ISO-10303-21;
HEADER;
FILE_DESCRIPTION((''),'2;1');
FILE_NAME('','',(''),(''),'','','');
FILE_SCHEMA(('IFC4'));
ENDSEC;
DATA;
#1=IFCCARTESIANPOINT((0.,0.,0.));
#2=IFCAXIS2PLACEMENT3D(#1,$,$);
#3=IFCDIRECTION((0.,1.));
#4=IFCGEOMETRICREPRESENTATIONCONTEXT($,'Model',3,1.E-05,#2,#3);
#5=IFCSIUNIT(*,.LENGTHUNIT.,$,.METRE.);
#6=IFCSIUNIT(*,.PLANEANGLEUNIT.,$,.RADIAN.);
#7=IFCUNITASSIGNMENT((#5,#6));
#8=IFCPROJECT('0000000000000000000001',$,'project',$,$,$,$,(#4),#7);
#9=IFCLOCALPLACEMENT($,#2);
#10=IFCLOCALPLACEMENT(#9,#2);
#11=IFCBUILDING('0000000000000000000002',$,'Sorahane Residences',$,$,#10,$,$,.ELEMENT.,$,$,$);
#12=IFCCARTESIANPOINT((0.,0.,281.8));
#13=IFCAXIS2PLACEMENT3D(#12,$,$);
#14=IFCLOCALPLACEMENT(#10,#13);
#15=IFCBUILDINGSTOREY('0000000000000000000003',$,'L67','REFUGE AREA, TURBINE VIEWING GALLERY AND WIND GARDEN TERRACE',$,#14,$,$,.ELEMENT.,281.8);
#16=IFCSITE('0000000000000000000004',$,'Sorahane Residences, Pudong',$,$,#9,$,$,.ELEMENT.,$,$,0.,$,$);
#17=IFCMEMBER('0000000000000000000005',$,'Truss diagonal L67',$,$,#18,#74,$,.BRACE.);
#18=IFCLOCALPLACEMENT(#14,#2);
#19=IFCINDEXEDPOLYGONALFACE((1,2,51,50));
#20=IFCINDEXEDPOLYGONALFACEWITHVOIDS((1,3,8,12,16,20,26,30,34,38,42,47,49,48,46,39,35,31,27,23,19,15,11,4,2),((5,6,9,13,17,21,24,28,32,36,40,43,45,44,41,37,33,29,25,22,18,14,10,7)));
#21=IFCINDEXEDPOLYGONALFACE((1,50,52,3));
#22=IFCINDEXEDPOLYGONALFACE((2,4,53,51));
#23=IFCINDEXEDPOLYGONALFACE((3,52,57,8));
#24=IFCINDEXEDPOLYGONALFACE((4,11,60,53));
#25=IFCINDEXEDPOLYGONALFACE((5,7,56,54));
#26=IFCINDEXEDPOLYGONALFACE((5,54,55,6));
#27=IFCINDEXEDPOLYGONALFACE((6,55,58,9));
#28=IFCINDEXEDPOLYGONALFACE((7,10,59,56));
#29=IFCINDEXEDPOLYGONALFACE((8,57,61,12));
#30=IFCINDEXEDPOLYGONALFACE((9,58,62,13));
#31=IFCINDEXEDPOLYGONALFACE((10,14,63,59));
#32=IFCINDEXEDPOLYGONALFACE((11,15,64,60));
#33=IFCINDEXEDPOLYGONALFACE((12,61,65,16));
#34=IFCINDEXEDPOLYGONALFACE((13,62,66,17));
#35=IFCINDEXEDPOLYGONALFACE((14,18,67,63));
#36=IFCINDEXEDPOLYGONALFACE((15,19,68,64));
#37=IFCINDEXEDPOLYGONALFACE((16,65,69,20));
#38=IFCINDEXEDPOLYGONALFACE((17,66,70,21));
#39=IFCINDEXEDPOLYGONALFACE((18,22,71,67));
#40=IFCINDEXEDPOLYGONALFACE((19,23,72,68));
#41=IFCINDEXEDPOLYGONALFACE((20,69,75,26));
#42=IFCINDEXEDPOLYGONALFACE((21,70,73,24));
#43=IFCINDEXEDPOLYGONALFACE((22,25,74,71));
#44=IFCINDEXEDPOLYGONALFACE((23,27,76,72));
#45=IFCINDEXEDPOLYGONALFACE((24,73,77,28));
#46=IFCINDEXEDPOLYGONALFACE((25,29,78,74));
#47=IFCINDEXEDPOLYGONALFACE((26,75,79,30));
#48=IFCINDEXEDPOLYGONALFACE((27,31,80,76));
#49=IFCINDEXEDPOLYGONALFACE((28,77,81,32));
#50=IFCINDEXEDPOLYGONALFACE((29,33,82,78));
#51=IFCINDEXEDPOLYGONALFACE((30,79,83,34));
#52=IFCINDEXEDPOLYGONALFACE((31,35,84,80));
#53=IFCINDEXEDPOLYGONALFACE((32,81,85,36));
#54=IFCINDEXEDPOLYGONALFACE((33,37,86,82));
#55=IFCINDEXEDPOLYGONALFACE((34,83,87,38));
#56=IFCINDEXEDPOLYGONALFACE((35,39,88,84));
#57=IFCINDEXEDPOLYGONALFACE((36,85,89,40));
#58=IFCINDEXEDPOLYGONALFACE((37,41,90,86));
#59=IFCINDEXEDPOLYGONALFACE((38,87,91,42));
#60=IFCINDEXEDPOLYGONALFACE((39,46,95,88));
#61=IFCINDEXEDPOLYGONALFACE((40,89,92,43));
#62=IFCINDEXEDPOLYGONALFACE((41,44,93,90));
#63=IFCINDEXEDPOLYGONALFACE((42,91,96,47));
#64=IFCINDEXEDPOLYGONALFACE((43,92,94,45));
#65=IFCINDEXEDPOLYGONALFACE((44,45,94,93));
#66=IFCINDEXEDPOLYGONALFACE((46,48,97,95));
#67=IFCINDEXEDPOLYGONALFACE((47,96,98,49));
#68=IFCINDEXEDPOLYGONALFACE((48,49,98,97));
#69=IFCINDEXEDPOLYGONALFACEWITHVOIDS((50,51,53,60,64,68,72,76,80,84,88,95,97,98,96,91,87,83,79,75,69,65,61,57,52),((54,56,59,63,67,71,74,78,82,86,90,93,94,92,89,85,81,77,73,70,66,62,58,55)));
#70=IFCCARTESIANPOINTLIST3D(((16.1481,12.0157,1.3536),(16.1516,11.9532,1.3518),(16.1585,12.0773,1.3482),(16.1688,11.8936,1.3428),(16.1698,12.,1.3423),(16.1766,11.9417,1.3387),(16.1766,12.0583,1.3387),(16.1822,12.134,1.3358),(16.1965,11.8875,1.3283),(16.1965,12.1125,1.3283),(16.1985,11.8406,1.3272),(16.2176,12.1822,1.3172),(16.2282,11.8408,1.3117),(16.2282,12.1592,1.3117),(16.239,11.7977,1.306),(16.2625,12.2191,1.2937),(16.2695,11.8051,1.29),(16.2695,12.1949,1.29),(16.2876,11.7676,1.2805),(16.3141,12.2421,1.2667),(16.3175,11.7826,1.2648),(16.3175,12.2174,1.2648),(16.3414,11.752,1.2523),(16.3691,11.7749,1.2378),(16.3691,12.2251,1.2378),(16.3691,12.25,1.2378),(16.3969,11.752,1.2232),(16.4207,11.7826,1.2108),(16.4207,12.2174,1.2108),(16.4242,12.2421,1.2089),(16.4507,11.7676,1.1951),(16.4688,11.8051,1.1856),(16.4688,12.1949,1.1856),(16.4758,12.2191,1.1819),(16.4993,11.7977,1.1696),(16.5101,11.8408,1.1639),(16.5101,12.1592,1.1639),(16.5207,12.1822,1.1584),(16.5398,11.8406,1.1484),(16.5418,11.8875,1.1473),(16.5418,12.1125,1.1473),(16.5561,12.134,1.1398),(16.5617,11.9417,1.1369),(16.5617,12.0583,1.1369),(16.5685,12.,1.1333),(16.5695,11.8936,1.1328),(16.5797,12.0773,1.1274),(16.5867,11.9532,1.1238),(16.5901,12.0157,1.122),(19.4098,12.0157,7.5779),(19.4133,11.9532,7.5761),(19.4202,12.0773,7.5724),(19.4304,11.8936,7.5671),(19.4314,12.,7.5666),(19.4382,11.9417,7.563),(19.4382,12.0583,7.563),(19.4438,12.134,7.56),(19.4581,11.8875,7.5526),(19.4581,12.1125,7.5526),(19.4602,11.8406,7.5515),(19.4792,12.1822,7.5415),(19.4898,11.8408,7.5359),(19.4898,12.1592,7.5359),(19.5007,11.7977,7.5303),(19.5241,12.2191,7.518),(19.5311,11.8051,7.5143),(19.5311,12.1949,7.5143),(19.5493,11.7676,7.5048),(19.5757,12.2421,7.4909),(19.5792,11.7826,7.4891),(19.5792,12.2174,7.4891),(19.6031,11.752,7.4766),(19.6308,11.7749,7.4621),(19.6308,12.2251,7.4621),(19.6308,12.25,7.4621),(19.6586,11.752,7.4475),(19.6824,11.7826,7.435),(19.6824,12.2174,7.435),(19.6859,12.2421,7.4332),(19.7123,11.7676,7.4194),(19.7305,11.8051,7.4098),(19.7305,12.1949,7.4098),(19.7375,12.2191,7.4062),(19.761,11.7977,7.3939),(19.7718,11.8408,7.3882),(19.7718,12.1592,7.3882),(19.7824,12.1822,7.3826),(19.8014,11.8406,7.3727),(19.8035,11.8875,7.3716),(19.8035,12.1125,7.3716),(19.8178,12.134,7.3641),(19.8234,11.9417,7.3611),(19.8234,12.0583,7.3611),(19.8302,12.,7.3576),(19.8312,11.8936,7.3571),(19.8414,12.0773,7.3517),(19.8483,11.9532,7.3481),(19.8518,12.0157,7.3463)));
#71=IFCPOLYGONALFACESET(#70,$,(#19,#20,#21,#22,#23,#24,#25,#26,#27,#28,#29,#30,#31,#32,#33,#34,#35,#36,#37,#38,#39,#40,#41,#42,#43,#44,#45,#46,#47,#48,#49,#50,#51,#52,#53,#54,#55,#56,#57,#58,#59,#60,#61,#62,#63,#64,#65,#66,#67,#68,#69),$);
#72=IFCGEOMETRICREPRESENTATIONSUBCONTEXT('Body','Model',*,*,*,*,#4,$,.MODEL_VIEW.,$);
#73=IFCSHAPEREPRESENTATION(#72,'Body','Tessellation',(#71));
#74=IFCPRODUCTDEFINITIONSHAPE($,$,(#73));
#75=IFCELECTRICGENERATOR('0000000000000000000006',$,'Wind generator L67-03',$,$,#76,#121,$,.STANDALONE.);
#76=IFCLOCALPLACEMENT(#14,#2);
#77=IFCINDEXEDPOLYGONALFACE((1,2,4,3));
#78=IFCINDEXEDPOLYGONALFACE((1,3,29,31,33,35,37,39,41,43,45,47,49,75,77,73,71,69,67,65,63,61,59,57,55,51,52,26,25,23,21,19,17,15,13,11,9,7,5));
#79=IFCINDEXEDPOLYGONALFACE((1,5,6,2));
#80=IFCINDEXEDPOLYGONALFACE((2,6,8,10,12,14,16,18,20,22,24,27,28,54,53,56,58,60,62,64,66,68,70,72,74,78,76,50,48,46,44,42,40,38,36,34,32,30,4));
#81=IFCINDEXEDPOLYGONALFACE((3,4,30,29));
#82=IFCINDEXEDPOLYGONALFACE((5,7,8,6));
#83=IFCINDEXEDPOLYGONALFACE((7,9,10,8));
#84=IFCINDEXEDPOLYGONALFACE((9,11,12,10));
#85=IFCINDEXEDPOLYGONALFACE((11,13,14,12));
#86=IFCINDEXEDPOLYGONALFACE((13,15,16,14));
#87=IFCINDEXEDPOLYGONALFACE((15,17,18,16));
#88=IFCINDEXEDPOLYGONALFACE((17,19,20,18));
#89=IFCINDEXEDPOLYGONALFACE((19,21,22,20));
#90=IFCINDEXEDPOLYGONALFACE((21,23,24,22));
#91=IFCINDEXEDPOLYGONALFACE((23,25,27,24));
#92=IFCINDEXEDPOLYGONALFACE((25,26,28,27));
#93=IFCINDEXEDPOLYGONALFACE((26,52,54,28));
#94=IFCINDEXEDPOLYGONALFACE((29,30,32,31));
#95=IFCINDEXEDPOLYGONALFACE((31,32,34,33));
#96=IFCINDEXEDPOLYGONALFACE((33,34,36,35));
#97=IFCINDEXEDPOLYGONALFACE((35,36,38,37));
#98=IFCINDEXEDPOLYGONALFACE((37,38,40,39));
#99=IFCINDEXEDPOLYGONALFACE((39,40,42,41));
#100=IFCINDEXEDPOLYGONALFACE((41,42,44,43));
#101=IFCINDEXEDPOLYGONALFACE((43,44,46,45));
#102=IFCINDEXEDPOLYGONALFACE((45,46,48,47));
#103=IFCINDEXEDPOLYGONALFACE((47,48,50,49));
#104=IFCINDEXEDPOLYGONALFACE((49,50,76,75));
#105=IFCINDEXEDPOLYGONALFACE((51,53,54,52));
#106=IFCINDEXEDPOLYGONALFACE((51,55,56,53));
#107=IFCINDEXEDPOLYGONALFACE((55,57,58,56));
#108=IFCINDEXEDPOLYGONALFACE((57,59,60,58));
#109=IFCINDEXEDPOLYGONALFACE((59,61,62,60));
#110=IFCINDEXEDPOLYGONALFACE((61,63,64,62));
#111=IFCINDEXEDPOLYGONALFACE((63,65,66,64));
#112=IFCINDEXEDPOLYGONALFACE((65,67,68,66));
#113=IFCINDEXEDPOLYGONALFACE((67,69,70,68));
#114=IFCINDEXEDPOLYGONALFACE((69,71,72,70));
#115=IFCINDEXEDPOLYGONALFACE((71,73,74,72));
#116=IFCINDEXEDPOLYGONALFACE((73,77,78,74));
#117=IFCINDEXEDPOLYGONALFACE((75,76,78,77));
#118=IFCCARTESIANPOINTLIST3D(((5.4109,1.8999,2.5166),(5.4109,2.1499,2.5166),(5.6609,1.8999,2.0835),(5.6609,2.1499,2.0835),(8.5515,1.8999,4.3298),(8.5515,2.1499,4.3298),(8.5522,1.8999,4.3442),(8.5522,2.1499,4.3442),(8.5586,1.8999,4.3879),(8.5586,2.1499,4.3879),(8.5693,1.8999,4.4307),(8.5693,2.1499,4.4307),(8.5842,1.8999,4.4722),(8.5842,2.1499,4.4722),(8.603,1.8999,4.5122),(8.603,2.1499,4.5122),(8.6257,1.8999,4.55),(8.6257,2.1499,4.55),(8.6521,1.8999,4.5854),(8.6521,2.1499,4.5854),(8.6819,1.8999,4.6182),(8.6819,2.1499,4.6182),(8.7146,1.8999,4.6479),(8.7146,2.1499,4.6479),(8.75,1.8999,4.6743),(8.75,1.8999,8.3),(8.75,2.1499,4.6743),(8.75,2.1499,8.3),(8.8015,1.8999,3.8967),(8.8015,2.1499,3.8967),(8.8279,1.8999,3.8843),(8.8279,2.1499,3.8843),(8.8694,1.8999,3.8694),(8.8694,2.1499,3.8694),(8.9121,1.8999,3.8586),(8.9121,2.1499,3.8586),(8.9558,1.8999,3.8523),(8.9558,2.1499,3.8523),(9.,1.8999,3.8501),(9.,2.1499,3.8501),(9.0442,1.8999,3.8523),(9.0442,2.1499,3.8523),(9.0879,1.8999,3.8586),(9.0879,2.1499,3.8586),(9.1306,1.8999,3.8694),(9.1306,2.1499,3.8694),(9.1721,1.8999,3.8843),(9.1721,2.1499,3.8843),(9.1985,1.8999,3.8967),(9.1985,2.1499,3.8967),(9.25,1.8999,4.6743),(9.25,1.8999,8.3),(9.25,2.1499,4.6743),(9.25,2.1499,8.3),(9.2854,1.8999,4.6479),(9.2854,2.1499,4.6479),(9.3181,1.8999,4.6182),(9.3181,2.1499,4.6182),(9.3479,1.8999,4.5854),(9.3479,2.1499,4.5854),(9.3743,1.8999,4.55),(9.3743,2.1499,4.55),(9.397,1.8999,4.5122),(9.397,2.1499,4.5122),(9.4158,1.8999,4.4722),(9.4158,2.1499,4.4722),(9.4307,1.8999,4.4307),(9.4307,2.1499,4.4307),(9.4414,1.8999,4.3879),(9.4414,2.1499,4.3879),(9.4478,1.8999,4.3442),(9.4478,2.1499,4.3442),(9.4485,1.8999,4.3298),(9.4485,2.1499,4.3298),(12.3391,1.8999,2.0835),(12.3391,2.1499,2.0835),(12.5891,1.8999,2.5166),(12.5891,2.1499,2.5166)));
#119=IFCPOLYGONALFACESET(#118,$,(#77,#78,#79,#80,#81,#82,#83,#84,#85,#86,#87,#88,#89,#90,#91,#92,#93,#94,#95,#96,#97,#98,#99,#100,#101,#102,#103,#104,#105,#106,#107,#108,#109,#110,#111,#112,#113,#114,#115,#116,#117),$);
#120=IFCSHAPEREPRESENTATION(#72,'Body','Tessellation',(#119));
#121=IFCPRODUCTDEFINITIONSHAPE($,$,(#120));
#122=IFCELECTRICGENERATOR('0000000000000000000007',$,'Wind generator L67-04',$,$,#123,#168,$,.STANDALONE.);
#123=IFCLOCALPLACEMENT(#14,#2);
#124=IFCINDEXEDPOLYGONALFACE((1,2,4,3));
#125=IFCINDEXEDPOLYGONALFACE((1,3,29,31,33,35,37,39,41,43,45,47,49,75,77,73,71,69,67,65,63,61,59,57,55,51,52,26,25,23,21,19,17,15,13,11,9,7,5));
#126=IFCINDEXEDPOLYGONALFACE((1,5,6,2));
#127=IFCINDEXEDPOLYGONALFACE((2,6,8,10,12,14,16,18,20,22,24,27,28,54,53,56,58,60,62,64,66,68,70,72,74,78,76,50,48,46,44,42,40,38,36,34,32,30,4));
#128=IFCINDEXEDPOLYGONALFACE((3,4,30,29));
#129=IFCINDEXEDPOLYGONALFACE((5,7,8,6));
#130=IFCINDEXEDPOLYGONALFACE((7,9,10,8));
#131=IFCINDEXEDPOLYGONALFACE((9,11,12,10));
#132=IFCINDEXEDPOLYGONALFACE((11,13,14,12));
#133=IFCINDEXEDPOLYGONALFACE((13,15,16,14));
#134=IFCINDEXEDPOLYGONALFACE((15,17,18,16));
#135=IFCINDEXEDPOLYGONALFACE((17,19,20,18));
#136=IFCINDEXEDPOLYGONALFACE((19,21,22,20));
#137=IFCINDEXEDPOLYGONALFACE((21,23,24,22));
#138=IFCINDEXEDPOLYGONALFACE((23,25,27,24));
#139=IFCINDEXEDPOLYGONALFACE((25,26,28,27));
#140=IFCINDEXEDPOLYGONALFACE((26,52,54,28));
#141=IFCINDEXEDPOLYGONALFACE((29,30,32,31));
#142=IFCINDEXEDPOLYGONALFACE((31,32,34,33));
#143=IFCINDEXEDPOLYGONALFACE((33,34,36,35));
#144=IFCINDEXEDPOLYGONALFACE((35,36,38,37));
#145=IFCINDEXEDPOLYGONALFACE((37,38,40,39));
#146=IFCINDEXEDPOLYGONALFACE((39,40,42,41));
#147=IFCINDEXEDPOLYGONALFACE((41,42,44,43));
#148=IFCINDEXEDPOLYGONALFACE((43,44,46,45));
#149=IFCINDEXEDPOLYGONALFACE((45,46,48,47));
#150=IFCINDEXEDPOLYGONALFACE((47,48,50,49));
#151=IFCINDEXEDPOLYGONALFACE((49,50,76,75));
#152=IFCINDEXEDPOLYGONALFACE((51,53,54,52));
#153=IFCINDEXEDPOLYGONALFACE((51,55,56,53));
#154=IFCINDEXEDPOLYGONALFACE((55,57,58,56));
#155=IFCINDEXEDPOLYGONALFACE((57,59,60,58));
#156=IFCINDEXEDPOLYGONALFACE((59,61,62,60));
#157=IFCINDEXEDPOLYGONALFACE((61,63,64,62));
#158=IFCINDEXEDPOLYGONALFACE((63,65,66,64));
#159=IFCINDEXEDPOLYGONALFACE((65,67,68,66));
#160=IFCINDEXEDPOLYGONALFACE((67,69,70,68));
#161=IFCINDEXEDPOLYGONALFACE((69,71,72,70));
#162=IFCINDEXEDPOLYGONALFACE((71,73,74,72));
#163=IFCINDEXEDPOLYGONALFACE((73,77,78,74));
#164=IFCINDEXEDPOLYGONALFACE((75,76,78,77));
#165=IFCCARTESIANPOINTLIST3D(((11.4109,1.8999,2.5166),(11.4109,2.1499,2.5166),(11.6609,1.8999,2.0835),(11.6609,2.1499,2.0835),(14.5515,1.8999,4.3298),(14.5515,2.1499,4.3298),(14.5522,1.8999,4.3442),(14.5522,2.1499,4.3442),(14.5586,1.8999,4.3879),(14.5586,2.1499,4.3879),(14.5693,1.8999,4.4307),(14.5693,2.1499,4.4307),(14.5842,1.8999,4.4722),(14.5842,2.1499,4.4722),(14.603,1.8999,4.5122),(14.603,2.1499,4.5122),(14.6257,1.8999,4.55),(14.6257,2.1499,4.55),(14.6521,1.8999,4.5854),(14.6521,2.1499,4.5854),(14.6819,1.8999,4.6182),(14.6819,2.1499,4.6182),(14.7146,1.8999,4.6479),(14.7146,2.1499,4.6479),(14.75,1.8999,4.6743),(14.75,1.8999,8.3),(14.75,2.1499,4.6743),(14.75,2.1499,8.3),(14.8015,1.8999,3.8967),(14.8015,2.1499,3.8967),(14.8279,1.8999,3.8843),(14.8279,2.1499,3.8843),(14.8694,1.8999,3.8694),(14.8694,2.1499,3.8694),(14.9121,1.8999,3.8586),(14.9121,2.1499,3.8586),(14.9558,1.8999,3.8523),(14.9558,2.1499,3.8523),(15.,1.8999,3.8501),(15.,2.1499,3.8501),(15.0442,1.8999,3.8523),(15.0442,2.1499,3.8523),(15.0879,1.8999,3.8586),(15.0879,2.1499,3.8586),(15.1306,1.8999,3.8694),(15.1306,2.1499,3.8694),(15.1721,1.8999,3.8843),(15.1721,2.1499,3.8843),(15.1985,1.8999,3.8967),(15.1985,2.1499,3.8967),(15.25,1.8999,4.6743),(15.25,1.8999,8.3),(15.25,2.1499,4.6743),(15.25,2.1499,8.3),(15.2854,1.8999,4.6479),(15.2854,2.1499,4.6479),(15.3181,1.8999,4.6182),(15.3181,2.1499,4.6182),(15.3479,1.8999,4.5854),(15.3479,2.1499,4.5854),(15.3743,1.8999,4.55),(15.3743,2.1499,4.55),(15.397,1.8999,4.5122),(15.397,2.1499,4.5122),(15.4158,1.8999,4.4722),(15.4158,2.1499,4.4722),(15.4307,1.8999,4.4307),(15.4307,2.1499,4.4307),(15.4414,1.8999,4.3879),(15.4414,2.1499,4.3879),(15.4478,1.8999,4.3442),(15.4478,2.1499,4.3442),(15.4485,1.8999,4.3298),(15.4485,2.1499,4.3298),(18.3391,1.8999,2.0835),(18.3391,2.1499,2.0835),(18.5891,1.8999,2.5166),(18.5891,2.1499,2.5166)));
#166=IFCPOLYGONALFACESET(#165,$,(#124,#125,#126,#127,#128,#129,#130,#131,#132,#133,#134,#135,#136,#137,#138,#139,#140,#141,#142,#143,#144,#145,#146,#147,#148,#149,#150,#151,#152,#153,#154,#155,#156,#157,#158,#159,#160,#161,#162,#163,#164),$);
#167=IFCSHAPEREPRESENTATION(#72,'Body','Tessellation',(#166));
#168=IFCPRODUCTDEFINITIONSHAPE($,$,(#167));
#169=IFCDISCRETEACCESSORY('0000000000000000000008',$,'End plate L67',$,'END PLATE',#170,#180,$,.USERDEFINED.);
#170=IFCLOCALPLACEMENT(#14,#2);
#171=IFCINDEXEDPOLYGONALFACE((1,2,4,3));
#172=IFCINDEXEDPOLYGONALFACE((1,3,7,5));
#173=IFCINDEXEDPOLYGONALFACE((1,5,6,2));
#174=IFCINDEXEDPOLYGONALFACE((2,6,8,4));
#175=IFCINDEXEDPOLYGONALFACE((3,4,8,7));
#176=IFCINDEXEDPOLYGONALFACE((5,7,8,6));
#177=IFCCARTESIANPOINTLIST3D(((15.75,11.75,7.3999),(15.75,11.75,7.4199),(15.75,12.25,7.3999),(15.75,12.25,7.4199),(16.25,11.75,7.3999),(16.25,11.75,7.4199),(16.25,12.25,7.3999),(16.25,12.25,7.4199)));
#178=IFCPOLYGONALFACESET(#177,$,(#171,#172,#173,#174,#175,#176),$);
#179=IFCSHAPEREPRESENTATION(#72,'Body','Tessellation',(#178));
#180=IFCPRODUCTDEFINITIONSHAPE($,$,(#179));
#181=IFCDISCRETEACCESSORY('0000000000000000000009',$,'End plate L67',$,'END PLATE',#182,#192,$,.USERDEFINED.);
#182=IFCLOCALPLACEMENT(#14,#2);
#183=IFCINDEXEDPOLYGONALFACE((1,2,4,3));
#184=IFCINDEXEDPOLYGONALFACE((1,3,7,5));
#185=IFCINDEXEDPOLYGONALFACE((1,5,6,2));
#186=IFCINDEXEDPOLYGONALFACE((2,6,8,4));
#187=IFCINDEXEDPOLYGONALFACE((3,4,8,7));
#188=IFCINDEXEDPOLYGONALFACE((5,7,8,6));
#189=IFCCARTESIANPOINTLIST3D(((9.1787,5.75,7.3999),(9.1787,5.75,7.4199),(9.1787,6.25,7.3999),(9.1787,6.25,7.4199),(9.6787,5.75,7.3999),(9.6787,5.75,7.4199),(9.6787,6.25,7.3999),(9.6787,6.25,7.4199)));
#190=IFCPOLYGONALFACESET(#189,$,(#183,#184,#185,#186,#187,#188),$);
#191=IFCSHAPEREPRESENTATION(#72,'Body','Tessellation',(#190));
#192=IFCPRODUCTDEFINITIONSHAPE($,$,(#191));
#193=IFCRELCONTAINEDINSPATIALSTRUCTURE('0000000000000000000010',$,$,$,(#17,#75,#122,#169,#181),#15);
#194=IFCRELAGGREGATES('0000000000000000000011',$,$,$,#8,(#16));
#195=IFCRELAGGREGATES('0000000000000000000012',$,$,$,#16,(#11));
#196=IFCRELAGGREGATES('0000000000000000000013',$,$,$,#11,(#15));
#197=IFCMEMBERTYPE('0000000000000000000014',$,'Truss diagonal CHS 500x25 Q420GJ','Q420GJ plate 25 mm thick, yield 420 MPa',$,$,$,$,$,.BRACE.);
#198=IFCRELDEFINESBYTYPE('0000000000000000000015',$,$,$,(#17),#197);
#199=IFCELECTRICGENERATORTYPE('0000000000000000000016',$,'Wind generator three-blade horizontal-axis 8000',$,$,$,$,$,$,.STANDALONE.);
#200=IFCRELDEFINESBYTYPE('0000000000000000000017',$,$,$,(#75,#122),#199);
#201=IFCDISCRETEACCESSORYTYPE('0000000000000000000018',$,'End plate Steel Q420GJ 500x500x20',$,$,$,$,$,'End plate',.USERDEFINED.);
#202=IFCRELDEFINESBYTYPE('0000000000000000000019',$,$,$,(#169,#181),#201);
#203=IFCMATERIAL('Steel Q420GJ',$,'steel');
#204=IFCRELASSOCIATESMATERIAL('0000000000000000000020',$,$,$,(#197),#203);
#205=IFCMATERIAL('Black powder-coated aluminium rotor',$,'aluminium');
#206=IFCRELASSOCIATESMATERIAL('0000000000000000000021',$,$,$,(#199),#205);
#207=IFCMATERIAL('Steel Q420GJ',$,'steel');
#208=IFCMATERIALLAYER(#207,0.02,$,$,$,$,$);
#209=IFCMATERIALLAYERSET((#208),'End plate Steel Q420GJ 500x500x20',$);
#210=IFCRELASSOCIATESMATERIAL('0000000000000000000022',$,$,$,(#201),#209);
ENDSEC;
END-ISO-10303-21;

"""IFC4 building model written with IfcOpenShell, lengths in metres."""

from ifc_helpers import new_model, si_unit, direction, frame, origin, origin_2d, place, context, subcontext, project, spatial, polyline, rectangle, hollow_circle, outline, extrude, material, layer, layer_set, material_profile, profile_set, type_object, element, save


model = new_model("IFC4")

# Units and contexts
model_context = context("Model", 3, precision=1e-05, world=origin(), true_north=direction((0.0, 1.0)))
body_context = subcontext(model_context, "Body", "Model", "MODEL_VIEW")
ifc_project = project(units=[si_unit("LENGTHUNIT", "METRE"), si_unit("PLANEANGLEUNIT", "RADIAN")], contexts=[model_context])

# Site, building, storey
site_placement = place(None, origin())
site = spatial("IfcSite", under=ifc_project, at=site_placement, Name="Sorahane Residences, Pudong", CompositionType="ELEMENT", RefElevation=0.0)
building_placement = place(site_placement, origin())
building = spatial("IfcBuilding", under=site, at=building_placement, Name="Sorahane Residences", CompositionType="ELEMENT")
storey_placement = place(building_placement, frame((0.0, 0.0, 281.8)))
storey = spatial("IfcBuildingStorey", under=building, at=storey_placement, Name="L67", Description="REFUGE AREA, TURBINE VIEWING GALLERY AND WIND GARDEN TERRACE", CompositionType="ELEMENT", Elevation=281.8)

# Member
ifc_material_1 = material(Name="Steel Q420GJ", Category="steel")
ifc_material_profile_1 = material_profile(ifc_material_1, hollow_circle(Radius=0.25, WallThickness=0.0249, at=origin_2d()), Name="CHS 500x25")
ifc_profile_set_1 = profile_set([ifc_material_profile_1], Name="Steel Q420GJ")
member_type = type_object("IfcMemberType", Name="Truss diagonal CHS 500x25 Q420GJ", Description="Q420GJ plate 25 mm thick, yield 420 MPa", PredefinedType="BRACE", material=ifc_profile_set_1)
for number, where, z_axis, x_axis, name in (
    (1, (16.3691, 12.0, 1.2378), (0.464156, 0.0, 0.885753), (0.0, 1.0, 0.0), "Truss diagonal L67"),
):
    element("IfcMember", number, at=place(storey_placement, frame(where, z_axis=z_axis, x_axis=x_axis)), inside=storey, type_object=member_type, Name=name, PredefinedType="BRACE", context=body_context, shape_type="SweptSolid", body=[
        extrude(hollow_circle(Radius=0.25, WallThickness=0.0249, at=origin_2d()), origin(), (0.0, 0.0, 1.0), 7.0271),
    ])

# Electric generators
ifc_material_2 = material(Name="Black powder-coated aluminium rotor", Category="aluminium")
electric_generator_type = type_object("IfcElectricGeneratorType", Name="Wind generator three-blade horizontal-axis 8000", PredefinedType="STANDALONE", material=ifc_material_2)
for number, where, z_axis, x_axis, name in (
    (2, (9.0, 1.8999, 4.3), (0.0, 1.0, 0.0), (-1.0, 0.0, 0.0), "Wind generator L67-03"),
    (3, (15.0, 1.8999, 4.3), (0.0, 1.0, 0.0), (-1.0, 0.0, 0.0), "Wind generator L67-04"),
):
    element("IfcElectricGenerator", number, at=place(storey_placement, frame(where, z_axis=z_axis, x_axis=x_axis)), inside=storey, type_object=electric_generator_type, Name=name, PredefinedType="STANDALONE", context=body_context, shape_type="SweptSolid", body=[
        extrude(outline(polyline([(3.3391, -2.2166), (0.1985, -0.4033), (0.1721, -0.4158), (0.1306, -0.4307), (0.0879, -0.4414), (0.0442, -0.4478), (0.0, -0.45), (-0.0442, -0.4478), (-0.0879, -0.4414), (-0.1306, -0.4307), (-0.1721, -0.4158), (-0.1985, -0.4033), (-3.3391, -2.2166), (-3.5891, -1.7834), (-0.4485, 0.0298), (-0.4478, 0.0442), (-0.4414, 0.0879), (-0.4307, 0.1306), (-0.4158, 0.1721), (-0.397, 0.2122), (-0.3743, 0.25), (-0.3479, 0.2854), (-0.3181, 0.3181), (-0.2854, 0.3479), (-0.25, 0.3743), (-0.25, 0.3743), (-0.25, 4.0), (0.25, 4.0), (0.25, 0.3743), (0.25, 0.3743), (0.2854, 0.3479), (0.3181, 0.3181), (0.3479, 0.2854), (0.3743, 0.25), (0.397, 0.2122), (0.4158, 0.1721), (0.4307, 0.1306), (0.4414, 0.0879), (0.4478, 0.0442), (0.4485, 0.0298), (3.5891, -1.7834), (3.3391, -2.2166)])), origin(), (0.0, 0.0, 1.0), 0.25),
    ])

# Discrete accessories
ifc_material_3 = material(Name="Steel Q420GJ", Category="steel")
ifc_layer_1 = layer(ifc_material_3, 0.02)
ifc_layer_set_1 = layer_set([ifc_layer_1], Name="End plate Steel Q420GJ 500x500x20")
discrete_accessory_type_1 = type_object("IfcDiscreteAccessoryType", Name="End plate Steel Q420GJ 500x500x20", ElementType="End plate", PredefinedType="USERDEFINED", material=ifc_layer_set_1)
for number, where, z_axis, x_axis, name in (
    (4, (16.0, 12.0, 7.3999), (0.0, 0.0, 1.0), (1.0, 0.0, 0.0), "End plate L67"),
    (5, (9.4287, 6.0, 7.3999), (0.0, 0.0, 1.0), (1.0, 0.0, 0.0), "End plate L67"),
):
    element("IfcDiscreteAccessory", number, at=place(storey_placement, frame(where, z_axis=z_axis, x_axis=x_axis)), inside=storey, type_object=discrete_accessory_type_1, Name=name, ObjectType="END PLATE", PredefinedType="USERDEFINED", context=body_context, shape_type="SweptSolid", body=[
        extrude(rectangle(XDim=0.5, YDim=0.5, at=origin_2d()), origin(), (0.0, 0.0, 1.0), 0.02),
    ])

save(model, "model.ifc")
